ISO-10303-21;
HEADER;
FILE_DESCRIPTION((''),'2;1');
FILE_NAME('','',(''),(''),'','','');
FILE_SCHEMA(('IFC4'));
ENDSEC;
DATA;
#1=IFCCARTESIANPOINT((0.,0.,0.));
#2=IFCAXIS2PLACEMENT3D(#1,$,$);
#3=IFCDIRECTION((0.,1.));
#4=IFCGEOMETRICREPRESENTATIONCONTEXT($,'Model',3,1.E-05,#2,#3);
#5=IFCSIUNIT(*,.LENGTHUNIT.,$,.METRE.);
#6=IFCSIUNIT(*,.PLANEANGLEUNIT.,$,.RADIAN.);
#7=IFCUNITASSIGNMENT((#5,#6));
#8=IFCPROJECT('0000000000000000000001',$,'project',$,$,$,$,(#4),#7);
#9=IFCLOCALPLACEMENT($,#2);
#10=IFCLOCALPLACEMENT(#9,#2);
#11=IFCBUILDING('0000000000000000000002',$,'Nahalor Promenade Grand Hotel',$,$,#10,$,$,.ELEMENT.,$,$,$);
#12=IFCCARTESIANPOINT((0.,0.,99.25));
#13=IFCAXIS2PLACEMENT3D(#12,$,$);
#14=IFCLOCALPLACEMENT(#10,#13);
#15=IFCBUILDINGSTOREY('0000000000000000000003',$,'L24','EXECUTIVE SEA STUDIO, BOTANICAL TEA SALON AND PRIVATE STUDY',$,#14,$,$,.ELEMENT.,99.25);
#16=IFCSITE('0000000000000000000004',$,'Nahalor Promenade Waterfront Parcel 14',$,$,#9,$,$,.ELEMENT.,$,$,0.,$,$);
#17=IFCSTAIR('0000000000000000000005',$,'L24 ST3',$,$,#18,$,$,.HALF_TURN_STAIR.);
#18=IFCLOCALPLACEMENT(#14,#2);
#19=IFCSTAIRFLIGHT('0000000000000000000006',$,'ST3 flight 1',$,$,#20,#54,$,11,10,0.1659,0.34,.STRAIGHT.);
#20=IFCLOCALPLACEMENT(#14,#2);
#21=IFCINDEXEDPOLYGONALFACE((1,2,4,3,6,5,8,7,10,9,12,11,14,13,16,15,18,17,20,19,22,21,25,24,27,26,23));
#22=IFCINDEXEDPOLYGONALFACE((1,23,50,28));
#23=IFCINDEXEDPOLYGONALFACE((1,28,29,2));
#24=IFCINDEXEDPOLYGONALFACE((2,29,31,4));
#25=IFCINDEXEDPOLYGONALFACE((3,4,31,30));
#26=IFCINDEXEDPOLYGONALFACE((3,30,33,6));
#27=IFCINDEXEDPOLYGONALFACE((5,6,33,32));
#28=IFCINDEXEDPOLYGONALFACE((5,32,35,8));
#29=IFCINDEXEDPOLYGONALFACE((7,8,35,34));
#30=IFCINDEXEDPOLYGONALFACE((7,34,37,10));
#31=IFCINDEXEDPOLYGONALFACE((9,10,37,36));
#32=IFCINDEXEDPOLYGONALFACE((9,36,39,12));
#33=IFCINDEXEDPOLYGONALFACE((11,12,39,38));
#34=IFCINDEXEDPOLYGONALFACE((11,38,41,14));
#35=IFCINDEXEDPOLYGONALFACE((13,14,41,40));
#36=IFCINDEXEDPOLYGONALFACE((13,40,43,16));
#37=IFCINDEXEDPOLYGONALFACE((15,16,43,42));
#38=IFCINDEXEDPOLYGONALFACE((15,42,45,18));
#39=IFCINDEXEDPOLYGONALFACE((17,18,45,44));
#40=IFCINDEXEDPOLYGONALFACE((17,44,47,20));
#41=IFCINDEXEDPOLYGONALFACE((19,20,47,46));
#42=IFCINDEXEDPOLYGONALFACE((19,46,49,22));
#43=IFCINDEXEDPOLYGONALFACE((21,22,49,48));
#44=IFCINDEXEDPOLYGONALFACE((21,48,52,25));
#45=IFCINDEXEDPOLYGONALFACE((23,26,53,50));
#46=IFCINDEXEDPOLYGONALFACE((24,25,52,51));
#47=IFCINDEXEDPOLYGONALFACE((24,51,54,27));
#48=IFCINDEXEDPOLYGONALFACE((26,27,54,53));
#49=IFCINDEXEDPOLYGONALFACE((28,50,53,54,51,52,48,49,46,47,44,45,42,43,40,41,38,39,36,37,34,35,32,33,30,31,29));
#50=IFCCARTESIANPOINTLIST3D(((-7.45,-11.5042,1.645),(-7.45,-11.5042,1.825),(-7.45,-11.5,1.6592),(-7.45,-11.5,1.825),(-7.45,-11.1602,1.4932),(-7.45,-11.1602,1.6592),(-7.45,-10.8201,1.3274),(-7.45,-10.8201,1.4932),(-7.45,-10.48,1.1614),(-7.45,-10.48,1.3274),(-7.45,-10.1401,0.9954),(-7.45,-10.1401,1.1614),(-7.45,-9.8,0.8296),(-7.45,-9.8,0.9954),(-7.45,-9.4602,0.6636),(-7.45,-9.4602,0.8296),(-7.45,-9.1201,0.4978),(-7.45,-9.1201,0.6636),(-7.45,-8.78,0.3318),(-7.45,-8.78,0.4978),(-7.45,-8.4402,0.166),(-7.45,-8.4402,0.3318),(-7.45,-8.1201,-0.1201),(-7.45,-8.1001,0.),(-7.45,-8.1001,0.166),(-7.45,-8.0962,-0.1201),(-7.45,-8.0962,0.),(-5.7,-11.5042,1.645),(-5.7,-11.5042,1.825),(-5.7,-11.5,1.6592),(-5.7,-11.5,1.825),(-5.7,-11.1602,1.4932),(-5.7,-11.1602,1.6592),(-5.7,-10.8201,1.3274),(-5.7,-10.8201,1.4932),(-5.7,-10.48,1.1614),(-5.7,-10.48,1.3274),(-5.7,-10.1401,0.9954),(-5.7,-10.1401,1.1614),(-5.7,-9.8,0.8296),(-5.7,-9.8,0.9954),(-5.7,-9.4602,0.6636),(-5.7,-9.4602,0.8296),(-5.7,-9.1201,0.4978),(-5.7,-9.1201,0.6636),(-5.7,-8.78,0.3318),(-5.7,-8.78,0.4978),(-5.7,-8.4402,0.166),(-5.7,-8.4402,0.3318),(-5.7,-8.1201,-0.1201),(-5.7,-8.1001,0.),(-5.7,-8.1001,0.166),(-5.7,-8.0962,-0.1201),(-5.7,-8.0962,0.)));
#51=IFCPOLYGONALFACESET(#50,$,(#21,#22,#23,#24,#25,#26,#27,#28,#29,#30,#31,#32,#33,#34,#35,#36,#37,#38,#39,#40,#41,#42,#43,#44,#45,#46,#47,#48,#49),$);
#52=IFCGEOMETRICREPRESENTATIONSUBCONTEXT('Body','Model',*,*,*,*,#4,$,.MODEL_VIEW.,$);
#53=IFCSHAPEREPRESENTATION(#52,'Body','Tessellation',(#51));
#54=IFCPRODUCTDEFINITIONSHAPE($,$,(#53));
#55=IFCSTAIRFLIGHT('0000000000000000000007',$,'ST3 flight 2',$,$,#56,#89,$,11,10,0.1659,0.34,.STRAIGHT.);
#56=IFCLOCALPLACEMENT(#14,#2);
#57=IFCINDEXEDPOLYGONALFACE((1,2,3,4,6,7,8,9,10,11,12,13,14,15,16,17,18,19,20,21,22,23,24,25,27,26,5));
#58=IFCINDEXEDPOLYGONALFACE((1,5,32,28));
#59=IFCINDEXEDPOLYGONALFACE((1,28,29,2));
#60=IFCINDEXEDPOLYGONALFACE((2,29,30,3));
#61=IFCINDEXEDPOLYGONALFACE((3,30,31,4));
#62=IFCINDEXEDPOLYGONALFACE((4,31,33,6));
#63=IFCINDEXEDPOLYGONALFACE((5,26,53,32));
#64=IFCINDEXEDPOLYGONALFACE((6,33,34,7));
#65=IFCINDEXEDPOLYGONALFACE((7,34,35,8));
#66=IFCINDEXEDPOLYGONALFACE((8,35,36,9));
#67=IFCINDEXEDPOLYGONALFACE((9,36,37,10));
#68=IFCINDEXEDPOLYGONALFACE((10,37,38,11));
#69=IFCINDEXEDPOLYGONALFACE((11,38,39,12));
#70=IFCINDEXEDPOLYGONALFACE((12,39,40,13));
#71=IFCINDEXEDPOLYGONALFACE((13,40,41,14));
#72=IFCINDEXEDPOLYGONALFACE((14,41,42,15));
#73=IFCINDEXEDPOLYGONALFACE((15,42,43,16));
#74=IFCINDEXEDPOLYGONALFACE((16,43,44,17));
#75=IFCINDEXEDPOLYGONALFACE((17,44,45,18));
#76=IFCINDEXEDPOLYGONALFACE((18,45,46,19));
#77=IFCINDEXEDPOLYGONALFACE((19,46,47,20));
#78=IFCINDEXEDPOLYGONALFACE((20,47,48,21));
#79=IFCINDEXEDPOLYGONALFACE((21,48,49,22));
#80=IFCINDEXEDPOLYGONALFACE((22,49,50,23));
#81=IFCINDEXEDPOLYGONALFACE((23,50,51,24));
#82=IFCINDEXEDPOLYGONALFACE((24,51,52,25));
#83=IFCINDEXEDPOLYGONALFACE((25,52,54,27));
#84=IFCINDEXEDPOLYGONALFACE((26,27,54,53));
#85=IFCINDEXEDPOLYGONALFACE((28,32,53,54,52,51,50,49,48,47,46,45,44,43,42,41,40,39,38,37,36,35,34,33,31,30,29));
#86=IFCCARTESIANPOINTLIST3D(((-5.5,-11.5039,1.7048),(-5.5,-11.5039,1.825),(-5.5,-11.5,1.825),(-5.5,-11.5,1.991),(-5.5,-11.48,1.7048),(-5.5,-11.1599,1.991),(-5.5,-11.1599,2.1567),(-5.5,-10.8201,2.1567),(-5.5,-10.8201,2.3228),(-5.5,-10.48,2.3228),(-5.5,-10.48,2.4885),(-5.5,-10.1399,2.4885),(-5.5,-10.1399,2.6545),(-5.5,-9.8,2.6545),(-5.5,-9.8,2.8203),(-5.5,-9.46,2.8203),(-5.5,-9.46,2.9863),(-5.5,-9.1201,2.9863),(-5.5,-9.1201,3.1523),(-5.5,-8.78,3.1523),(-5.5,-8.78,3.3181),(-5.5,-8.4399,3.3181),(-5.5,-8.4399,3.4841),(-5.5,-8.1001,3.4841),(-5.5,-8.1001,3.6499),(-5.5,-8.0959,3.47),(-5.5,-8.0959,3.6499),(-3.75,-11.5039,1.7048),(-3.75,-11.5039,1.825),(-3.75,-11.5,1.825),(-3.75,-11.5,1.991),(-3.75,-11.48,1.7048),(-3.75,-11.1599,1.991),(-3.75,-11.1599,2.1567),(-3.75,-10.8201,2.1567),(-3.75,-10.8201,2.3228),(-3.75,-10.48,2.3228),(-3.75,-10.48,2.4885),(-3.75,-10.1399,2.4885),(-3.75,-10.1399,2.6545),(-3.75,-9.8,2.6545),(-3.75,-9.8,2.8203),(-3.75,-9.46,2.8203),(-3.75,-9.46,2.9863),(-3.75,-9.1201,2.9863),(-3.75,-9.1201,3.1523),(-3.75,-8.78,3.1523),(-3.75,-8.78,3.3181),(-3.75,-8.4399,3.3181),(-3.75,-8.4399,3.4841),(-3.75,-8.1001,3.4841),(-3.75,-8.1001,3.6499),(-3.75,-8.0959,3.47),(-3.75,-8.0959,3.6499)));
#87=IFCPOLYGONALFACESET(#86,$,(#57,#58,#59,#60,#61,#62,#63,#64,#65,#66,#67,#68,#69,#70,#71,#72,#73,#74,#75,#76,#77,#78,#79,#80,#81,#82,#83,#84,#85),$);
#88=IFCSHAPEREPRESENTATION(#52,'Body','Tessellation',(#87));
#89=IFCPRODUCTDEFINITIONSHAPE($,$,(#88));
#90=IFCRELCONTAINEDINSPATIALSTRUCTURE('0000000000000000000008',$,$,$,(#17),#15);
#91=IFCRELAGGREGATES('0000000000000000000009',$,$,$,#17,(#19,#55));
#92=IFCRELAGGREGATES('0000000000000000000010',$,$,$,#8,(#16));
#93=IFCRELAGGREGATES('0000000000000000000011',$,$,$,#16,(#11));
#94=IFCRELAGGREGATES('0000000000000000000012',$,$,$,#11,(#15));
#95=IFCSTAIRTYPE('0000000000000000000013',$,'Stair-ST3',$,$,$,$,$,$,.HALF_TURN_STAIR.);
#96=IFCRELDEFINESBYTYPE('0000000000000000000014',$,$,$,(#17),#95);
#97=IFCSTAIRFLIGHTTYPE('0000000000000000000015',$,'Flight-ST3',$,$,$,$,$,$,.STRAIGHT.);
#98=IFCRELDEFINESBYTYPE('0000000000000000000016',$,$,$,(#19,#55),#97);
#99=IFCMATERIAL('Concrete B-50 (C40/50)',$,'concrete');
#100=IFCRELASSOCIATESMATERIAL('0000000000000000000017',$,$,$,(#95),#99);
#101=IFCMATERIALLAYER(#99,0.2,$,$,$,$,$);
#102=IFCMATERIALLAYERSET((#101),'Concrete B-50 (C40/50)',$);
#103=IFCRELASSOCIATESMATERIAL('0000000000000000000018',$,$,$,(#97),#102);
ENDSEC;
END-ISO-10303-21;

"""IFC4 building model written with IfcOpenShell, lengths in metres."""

from ifc_helpers import new_model, si_unit, direction, frame, origin, place, context, subcontext, project, spatial, polyline, outline, extrude, source, transform, mapped, material, layer, layer_set, type_object, element, aggregate, save


model = new_model("IFC4")

# Units and contexts
model_context = context("Model", 3, precision=1e-05, world=origin(), true_north=direction((0.0, 1.0)))
body_context = subcontext(model_context, "Body", "Model", "MODEL_VIEW")
ifc_project = project(units=[si_unit("LENGTHUNIT", "METRE"), si_unit("PLANEANGLEUNIT", "RADIAN")], contexts=[model_context])

# Site, building, storey
site_placement = place(None, origin())
site = spatial("IfcSite", under=ifc_project, at=site_placement, Name="Nahalor Promenade Waterfront Parcel 14", CompositionType="ELEMENT", RefElevation=0.0)
building_placement = place(site_placement, origin())
building = spatial("IfcBuilding", under=site, at=building_placement, Name="Nahalor Promenade Grand Hotel", CompositionType="ELEMENT")
storey_placement = place(building_placement, frame((0.0, 0.0, 99.25)))
storey = spatial("IfcBuildingStorey", under=building, at=storey_placement, Name="L24", Description="EXECUTIVE SEA STUDIO, BOTANICAL TEA SALON AND PRIVATE STUDY", CompositionType="ELEMENT", Elevation=99.25)

# Shared definitions
ifc_material_1 = material(Name="Concrete B-50 (C40/50)", Category="concrete")

# Stair, stair flights
stair_type = type_object("IfcStairType", Name="Stair-ST3", PredefinedType="HALF_TURN_STAIR", material=ifc_material_1)
stair_placement = place(storey_placement, origin())
stair = element("IfcStair", 1, at=stair_placement, inside=storey, type_object=stair_type, Name="L24 ST3", PredefinedType="HALF_TURN_STAIR")
ifc_layer_1 = layer(ifc_material_1, 0.2)
ifc_layer_set_1 = layer_set([ifc_layer_1], Name="Concrete B-50 (C40/50)")
stair_flight_type = type_object("IfcStairFlightType", Name="Flight-ST3", PredefinedType="STRAIGHT", material=ifc_layer_set_1)
shared_shape_1 = source(origin(), body_context, "Body", "SweptSolid", [
    extrude(outline(polyline([(-0.0039, -0.1201), (-0.0039, 0.0), (0.0, 0.0), (0.0, 0.166), (0.3401, 0.166), (0.3401, 0.3318), (0.6799, 0.3318), (0.6799, 0.4978), (1.02, 0.4978), (1.02, 0.6636), (1.3601, 0.6636), (1.3601, 0.8296), (1.7, 0.8296), (1.7, 0.9954), (2.04, 0.9954), (2.04, 1.1614), (2.3799, 1.1614), (2.3799, 1.3274), (2.72, 1.3274), (2.72, 1.4932), (3.0601, 1.4932), (3.0601, 1.6592), (3.3999, 1.6592), (3.3999, 1.825), (3.4041, 1.825), (3.4041, 1.645), (0.02, -0.1201), (-0.0039, -0.1201)])), frame((0.0, 0.875, 0.0), z_axis=(0.0, -1.0, 0.0), x_axis=(1.0, 0.0, 0.0)), (0.0, 0.0, 1.0), 1.75),
])
stair_flight_1_placement = place(storey_placement, frame((-6.575, -8.1001, 0.0), z_axis=(0.0, 0.0, 1.0), x_axis=(0.0, -1.0, 0.0)))
stair_flight_1 = element("IfcStairFlight", 2, at=stair_flight_1_placement, type_object=stair_flight_type, Name="ST3 flight 1", NumberOfRisers=11, NumberOfTreads=10, PredefinedType="STRAIGHT", RiserHeight=0.1659, TreadLength=0.34, context=body_context, shape_type="MappedRepresentation", body=[
    mapped(shared_shape_1, transform((0.0, 0.0, 0.0), scale=1.0)),
])
stair_flight_2_placement = place(storey_placement, frame((-4.625, -11.5, 1.825), z_axis=(0.0, 0.0, 1.0), x_axis=(0.0, 1.0, 0.0)))
stair_flight_2 = element("IfcStairFlight", 3, at=stair_flight_2_placement, type_object=stair_flight_type, Name="ST3 flight 2", NumberOfRisers=11, NumberOfTreads=10, PredefinedType="STRAIGHT", RiserHeight=0.1659, TreadLength=0.34, context=body_context, shape_type="MappedRepresentation", body=[
    mapped(shared_shape_1, transform((0.0, 0.0, 0.0), scale=1.0)),
])
aggregate(stair, [stair_flight_1, stair_flight_2])

save(model, "model.ifc")
